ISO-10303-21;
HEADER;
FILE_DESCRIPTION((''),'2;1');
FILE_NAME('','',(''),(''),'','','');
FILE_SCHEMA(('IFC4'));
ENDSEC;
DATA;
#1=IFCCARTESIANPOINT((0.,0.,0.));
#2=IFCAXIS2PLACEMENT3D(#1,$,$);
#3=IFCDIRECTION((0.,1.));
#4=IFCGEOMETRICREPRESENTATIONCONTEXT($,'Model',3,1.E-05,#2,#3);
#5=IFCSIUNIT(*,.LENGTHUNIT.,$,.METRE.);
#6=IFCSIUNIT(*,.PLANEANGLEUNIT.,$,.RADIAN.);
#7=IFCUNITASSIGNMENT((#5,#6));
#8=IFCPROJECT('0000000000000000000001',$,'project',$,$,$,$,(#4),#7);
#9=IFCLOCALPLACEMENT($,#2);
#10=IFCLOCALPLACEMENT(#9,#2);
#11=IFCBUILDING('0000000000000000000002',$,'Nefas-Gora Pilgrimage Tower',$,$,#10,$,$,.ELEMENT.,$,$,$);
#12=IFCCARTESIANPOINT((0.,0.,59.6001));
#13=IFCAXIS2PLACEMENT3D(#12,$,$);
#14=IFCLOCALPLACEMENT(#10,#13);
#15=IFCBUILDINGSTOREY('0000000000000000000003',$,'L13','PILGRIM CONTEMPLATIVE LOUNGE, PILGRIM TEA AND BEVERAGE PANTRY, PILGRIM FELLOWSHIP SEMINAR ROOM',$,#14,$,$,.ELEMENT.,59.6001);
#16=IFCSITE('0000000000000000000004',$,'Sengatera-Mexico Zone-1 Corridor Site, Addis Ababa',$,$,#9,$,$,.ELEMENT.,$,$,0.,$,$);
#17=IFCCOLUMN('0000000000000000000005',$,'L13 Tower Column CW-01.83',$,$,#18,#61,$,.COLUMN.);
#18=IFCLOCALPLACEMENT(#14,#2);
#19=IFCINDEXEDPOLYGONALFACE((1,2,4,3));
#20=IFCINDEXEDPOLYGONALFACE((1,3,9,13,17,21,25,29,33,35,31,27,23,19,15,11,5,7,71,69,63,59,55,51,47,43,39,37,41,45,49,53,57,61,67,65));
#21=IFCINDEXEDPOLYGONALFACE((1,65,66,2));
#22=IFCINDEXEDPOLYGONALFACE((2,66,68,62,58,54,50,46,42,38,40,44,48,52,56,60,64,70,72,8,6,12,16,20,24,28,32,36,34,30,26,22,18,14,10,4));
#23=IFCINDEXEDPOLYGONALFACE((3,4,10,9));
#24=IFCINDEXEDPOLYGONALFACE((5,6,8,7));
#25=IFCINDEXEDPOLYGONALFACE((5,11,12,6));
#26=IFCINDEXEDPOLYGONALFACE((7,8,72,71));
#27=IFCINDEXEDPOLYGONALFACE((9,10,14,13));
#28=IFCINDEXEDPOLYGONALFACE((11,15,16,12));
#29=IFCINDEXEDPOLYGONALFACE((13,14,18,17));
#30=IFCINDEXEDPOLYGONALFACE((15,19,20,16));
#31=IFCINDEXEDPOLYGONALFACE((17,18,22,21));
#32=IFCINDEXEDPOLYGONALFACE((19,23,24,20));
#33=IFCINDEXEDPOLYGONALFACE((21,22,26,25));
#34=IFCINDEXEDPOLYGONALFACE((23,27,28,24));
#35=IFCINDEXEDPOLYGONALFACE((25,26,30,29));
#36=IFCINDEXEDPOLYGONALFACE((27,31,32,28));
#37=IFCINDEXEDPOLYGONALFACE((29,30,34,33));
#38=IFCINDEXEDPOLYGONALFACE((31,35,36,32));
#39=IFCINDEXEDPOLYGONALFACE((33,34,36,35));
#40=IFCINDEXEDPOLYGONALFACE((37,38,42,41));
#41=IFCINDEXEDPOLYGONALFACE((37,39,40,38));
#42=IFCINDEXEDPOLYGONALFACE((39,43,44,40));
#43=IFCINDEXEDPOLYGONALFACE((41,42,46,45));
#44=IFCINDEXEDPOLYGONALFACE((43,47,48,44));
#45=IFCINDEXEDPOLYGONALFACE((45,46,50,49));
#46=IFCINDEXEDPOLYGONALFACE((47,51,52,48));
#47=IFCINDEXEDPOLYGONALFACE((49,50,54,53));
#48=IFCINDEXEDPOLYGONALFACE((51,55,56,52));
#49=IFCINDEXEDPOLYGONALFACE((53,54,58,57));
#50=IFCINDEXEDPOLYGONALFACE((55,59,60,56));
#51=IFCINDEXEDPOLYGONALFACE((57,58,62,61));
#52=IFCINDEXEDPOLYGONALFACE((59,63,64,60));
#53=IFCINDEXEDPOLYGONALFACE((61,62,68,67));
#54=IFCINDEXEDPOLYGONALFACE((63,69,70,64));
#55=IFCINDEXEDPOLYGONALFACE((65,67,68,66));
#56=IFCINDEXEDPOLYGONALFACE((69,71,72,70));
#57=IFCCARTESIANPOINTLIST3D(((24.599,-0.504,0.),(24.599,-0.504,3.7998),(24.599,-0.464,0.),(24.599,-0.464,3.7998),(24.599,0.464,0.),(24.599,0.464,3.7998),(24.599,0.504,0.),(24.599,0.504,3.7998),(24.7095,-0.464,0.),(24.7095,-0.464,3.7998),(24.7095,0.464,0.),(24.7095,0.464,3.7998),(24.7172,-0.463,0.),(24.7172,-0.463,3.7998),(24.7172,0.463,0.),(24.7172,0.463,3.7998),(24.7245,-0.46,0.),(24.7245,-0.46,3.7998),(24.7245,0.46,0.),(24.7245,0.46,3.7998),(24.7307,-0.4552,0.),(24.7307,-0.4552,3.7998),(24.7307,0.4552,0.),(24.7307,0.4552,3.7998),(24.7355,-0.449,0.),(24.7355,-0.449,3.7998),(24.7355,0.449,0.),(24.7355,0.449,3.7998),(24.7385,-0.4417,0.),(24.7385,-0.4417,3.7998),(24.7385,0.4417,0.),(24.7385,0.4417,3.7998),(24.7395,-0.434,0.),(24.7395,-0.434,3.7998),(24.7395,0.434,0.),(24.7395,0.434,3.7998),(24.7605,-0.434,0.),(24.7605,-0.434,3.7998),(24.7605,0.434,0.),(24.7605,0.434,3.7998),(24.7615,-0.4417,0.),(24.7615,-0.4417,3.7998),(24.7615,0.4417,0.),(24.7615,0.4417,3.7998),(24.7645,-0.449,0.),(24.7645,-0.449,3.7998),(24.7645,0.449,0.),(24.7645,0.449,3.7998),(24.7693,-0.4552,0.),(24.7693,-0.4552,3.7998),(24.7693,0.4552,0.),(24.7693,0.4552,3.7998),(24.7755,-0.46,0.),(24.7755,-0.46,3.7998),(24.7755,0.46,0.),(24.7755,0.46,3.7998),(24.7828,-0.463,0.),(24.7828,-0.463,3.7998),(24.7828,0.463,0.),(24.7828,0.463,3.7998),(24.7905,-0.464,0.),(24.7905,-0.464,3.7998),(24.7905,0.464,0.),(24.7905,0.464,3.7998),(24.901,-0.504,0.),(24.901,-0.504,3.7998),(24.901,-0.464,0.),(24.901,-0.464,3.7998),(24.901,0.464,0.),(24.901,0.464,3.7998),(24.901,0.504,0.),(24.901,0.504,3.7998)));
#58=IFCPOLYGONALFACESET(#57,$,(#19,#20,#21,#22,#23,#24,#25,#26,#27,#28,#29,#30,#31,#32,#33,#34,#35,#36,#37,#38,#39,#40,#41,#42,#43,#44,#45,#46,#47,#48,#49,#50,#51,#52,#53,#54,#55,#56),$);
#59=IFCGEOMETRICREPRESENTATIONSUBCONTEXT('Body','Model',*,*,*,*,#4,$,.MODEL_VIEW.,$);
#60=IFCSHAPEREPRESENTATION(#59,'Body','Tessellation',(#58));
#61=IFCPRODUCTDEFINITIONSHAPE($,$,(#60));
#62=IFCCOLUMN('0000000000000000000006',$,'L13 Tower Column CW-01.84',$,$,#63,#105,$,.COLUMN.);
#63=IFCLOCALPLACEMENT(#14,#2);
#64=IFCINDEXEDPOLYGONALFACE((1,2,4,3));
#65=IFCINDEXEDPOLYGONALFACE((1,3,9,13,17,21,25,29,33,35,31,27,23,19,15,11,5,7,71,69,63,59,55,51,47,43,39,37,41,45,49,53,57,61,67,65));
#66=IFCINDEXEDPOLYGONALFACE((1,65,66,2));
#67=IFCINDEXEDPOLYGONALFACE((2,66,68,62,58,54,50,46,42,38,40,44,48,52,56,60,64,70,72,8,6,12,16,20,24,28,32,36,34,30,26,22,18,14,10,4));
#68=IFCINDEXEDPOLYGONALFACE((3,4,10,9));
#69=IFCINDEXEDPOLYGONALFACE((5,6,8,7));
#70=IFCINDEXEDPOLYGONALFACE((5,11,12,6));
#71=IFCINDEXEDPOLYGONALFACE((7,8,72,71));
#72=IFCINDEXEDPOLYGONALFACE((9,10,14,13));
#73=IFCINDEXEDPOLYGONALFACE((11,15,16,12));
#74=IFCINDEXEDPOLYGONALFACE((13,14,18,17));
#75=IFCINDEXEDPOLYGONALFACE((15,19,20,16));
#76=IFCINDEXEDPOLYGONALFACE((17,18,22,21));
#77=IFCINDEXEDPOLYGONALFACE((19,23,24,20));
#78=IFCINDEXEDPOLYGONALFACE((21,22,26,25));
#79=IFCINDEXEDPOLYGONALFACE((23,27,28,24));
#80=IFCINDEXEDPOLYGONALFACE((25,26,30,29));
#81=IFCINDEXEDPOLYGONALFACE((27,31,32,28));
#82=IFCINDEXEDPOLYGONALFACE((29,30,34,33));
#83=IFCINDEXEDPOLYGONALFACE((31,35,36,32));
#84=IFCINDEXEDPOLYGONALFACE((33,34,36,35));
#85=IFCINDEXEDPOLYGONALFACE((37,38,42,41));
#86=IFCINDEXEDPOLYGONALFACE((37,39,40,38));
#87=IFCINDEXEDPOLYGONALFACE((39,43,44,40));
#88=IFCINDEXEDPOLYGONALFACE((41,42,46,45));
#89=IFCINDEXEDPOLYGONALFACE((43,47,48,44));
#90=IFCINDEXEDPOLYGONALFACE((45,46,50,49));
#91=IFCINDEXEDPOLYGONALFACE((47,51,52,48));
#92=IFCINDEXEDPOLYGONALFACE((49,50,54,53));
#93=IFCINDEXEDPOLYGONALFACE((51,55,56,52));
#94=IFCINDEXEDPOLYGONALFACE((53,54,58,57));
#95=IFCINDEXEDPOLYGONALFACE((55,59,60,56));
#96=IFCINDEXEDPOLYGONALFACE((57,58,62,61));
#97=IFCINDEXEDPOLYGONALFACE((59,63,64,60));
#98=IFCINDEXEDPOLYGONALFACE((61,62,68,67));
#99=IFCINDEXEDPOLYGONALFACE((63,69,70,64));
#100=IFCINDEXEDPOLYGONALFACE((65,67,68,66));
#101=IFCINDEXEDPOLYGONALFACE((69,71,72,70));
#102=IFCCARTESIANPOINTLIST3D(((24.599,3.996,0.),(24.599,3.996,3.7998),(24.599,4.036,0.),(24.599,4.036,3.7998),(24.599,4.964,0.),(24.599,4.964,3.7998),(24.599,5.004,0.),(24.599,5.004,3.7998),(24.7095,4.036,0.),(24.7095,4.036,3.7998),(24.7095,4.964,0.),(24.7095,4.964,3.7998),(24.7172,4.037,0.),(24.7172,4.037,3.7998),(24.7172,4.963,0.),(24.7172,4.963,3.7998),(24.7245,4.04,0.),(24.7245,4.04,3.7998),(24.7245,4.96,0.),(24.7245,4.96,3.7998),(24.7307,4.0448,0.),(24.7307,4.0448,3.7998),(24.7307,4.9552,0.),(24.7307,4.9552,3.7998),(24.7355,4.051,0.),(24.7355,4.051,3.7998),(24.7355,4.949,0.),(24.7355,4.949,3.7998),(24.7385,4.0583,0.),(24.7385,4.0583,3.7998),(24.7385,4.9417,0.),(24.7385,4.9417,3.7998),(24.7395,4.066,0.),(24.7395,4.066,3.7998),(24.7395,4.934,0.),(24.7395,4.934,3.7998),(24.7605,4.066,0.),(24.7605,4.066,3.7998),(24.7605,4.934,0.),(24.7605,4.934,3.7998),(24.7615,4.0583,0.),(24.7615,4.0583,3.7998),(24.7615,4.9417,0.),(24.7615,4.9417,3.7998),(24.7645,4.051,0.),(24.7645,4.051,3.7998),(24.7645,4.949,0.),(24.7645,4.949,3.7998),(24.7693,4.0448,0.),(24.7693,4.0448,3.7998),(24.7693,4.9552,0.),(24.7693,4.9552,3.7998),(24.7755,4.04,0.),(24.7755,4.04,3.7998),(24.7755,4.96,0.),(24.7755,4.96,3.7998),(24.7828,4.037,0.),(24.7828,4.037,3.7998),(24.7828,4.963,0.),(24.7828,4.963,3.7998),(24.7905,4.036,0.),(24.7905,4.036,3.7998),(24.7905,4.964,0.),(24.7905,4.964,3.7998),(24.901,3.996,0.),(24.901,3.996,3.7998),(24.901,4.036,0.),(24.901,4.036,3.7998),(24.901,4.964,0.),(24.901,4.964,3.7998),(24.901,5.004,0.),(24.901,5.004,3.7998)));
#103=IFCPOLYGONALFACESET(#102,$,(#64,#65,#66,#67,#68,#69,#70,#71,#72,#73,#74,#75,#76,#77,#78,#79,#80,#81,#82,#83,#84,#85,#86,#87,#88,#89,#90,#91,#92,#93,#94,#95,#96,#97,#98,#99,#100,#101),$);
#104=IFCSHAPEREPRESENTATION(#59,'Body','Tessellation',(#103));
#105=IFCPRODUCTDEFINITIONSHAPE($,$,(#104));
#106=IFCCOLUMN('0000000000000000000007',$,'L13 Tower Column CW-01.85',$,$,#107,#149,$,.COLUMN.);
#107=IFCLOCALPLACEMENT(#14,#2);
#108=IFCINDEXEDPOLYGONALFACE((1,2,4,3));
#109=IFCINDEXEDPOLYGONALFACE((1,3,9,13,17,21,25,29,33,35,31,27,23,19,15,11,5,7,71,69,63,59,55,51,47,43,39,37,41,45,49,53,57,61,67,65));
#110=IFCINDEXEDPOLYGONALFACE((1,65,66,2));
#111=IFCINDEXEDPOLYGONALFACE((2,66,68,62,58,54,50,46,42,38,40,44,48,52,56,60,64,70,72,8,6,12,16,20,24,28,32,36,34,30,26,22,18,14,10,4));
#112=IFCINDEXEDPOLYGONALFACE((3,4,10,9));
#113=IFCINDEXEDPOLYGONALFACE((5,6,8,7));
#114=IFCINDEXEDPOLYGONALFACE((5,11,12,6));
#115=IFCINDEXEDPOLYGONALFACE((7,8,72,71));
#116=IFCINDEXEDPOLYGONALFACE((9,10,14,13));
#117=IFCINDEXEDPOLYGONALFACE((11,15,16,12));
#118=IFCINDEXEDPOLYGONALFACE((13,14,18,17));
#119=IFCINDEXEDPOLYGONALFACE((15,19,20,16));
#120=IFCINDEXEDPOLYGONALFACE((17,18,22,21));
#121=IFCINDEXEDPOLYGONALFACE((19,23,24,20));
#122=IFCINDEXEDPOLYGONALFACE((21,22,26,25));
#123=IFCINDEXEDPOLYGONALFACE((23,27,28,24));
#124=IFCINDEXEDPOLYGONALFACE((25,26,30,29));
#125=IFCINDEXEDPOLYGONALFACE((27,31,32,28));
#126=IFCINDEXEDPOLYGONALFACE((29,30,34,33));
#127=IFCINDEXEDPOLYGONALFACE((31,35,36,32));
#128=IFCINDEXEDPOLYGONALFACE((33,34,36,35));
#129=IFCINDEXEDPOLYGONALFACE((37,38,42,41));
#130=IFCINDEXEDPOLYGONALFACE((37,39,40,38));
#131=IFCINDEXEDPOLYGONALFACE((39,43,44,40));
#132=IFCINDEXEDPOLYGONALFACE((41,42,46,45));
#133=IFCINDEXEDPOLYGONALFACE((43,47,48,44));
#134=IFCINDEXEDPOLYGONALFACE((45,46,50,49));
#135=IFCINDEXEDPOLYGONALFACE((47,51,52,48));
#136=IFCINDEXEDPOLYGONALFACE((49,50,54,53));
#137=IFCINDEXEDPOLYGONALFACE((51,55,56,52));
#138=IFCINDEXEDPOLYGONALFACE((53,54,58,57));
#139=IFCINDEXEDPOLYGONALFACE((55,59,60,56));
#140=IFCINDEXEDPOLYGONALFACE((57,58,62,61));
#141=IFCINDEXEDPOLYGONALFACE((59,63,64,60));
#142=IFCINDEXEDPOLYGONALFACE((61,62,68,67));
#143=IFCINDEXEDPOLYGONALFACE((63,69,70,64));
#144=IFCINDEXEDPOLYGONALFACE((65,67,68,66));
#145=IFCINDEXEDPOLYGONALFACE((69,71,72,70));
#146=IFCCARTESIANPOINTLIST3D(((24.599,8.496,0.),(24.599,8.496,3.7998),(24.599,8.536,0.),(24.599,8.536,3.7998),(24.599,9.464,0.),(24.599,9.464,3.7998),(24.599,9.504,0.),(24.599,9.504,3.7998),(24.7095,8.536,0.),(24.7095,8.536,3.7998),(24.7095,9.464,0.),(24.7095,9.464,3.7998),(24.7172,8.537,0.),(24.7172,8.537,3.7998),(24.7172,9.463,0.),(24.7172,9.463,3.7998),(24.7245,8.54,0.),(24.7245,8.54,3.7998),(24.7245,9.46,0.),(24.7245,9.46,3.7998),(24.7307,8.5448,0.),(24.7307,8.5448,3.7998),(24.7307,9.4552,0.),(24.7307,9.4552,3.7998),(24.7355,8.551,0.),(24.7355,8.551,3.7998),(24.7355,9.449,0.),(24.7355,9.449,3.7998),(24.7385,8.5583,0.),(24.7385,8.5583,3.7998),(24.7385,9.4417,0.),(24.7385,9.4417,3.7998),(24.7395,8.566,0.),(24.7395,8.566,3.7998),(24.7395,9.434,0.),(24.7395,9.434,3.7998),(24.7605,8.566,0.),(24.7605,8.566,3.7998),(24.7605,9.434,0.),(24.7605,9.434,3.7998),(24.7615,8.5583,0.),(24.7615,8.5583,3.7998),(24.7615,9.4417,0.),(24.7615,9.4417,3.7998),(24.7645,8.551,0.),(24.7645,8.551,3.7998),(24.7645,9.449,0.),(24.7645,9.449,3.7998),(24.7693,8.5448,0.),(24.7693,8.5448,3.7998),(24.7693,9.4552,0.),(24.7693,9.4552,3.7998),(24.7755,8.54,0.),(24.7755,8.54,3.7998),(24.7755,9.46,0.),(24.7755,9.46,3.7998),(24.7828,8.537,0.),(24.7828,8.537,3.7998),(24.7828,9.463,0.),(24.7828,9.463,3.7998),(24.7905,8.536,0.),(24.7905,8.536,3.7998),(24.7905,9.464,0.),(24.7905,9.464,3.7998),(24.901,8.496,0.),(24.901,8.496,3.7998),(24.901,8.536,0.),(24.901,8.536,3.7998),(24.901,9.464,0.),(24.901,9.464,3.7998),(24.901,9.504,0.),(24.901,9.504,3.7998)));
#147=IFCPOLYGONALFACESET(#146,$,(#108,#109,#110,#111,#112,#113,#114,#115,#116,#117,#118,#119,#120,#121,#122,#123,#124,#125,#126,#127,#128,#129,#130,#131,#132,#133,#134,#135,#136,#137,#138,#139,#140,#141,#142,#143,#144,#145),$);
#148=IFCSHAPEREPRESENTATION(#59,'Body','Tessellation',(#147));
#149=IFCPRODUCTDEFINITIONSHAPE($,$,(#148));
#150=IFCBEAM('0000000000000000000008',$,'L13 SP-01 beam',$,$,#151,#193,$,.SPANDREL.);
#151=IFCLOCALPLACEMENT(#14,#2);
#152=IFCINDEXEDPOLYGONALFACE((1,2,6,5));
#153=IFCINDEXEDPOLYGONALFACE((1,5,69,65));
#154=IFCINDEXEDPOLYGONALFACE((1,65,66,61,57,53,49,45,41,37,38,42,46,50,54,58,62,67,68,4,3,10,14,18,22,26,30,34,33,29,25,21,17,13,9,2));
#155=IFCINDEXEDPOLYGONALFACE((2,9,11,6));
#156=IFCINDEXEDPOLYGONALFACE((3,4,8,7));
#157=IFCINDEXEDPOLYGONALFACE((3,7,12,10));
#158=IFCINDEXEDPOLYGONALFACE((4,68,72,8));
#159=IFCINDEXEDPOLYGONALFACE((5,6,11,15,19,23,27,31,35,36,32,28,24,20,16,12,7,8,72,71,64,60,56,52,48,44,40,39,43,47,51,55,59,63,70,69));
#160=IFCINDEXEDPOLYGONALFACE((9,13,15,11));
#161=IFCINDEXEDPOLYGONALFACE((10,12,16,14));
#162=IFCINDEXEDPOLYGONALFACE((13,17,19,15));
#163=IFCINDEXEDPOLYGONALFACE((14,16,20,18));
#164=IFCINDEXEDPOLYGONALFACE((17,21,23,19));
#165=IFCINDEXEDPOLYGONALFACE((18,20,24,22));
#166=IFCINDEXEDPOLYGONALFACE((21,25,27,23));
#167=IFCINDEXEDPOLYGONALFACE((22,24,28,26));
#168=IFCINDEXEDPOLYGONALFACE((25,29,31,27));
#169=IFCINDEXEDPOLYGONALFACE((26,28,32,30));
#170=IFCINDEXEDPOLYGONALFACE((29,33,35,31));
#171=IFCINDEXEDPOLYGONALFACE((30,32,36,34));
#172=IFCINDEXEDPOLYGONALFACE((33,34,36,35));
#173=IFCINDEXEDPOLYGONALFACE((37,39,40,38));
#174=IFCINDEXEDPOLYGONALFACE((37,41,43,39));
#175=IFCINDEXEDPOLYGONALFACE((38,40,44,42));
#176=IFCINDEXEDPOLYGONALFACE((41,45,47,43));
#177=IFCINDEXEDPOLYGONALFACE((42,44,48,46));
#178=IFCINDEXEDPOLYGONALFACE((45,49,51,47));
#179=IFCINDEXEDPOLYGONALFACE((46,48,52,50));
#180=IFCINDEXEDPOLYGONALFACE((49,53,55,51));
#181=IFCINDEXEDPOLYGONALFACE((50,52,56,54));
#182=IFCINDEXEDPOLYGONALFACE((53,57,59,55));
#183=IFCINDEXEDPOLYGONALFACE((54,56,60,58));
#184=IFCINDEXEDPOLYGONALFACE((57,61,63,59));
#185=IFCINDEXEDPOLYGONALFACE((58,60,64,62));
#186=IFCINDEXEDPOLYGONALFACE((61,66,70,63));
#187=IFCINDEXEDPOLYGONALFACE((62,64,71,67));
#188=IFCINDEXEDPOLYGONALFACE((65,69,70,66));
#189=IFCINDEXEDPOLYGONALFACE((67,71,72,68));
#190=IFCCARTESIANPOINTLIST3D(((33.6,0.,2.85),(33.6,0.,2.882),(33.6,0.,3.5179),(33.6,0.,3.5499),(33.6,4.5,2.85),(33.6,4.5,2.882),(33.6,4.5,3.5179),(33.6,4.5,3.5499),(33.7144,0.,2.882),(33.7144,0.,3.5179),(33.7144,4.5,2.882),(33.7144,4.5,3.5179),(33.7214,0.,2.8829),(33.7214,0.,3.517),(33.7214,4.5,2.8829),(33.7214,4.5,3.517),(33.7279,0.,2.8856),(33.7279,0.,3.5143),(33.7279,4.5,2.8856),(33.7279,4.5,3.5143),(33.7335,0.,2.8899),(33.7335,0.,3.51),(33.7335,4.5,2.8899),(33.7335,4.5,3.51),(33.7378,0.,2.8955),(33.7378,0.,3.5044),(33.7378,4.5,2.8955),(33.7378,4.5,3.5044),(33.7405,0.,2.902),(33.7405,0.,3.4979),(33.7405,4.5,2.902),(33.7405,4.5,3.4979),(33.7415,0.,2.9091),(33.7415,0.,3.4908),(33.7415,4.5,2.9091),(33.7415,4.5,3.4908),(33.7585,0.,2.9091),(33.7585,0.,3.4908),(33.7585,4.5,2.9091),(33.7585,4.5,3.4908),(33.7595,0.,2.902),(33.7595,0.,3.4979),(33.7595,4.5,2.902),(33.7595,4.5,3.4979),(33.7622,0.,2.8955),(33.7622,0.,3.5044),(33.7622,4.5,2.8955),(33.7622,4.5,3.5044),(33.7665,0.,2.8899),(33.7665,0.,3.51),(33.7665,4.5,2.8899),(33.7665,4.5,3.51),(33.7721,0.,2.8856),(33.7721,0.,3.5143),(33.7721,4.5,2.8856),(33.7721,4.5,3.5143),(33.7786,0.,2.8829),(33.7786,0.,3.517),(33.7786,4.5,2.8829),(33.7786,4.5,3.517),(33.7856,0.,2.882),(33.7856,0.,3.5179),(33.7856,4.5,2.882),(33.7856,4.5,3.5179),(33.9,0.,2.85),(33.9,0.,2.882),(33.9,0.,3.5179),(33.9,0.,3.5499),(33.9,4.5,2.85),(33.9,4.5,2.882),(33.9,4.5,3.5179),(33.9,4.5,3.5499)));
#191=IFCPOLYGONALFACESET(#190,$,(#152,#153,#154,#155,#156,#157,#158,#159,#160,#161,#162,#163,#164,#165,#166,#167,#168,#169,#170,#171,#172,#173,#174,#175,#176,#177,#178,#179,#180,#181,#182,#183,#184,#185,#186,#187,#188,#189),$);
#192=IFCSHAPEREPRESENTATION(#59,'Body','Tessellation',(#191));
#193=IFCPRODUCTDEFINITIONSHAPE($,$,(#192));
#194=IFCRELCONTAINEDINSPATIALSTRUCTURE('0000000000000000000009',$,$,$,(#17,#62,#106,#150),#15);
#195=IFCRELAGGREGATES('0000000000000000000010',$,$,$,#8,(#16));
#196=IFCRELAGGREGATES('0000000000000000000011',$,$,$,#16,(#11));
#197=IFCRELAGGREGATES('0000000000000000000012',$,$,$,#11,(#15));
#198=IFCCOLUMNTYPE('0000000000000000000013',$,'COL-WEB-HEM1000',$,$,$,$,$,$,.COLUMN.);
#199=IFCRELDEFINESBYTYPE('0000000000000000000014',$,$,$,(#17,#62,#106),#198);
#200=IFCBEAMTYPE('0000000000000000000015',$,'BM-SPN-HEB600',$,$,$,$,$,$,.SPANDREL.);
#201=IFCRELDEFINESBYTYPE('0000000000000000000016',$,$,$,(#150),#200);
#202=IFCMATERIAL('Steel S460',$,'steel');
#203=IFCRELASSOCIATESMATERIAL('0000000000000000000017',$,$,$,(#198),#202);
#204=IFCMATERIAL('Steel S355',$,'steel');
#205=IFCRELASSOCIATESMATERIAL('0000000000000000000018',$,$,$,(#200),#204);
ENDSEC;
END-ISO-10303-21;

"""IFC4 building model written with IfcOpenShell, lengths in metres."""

from ifc_helpers import new_model, si_unit, direction, frame, origin, origin_2d, place, context, subcontext, project, spatial, i_section, extrude, source, transform, mapped, material, material_profile, profile_set, type_object, element, save


model = new_model("IFC4")

# Units and contexts
model_context = context("Model", 3, precision=1e-05, world=origin(), true_north=direction((0.0, 1.0)))
body_context = subcontext(model_context, "Body", "Model", "MODEL_VIEW")
ifc_project = project(units=[si_unit("LENGTHUNIT", "METRE"), si_unit("PLANEANGLEUNIT", "RADIAN")], contexts=[model_context])

# Site, building, storey
site_placement = place(None, origin())
site = spatial("IfcSite", under=ifc_project, at=site_placement, Name="Sengatera-Mexico Zone-1 Corridor Site, Addis Ababa", CompositionType="ELEMENT", RefElevation=0.0)
building_placement = place(site_placement, origin())
building = spatial("IfcBuilding", under=site, at=building_placement, Name="Nefas-Gora Pilgrimage Tower", CompositionType="ELEMENT")
storey_placement = place(building_placement, frame((0.0, 0.0, 59.6001)))
storey = spatial("IfcBuildingStorey", under=building, at=storey_placement, Name="L13", Description="PILGRIM CONTEMPLATIVE LOUNGE, PILGRIM TEA AND BEVERAGE PANTRY, PILGRIM FELLOWSHIP SEMINAR ROOM", CompositionType="ELEMENT", Elevation=59.6001)

# Columns
ifc_material_1 = material(Name="Steel S460", Category="steel")
ifc_material_profile_1 = material_profile(ifc_material_1, i_section(OverallWidth=0.302, OverallDepth=1.0081, WebThickness=0.021, FlangeThickness=0.04, FilletRadius=0.03, at=origin_2d()), Name="HEM 1000")
ifc_profile_set_1 = profile_set([ifc_material_profile_1], Name="Steel S460")
column_type_1 = type_object("IfcColumnType", Name="COL-WEB-HEM1000", PredefinedType="COLUMN", material=ifc_profile_set_1)
shared_shape_1 = source(origin(), body_context, "Body", "SweptSolid", [
    extrude(i_section(OverallWidth=0.302, OverallDepth=1.0081, WebThickness=0.021, FlangeThickness=0.04, FilletRadius=0.03, at=origin_2d()), origin(), (0.0, 0.0, 1.0), 3.7998),
])
for number, where, z_axis, x_axis, name in (
    (1, (24.75, 0.0, 0.0), (0.0, 0.0, 1.0), (1.0, 0.0, 0.0), "L13 Tower Column CW-01.83"),
    (2, (24.75, 4.5, 0.0), (0.0, 0.0, 1.0), (1.0, 0.0, 0.0), "L13 Tower Column CW-01.84"),
    (3, (24.75, 9.0, 0.0), (0.0, 0.0, 1.0), (1.0, 0.0, 0.0), "L13 Tower Column CW-01.85"),
):
    element("IfcColumn", number, at=place(storey_placement, frame(where, z_axis=z_axis, x_axis=x_axis)), inside=storey, type_object=column_type_1, Name=name, PredefinedType="COLUMN", context=body_context, shape_type="MappedRepresentation", body=[
        mapped(shared_shape_1, transform((0.0, 0.0, 0.0), x_axis=(1.0, 0.0, 0.0), y_axis=(0.0, 1.0, 0.0), z_axis=(0.0, 0.0, 1.0), scale=1.0)),
    ])

# Beam
ifc_material_2 = material(Name="Steel S355", Category="steel")
ifc_material_profile_2 = material_profile(ifc_material_2, i_section(OverallWidth=0.3, OverallDepth=0.7, WebThickness=0.0171, FlangeThickness=0.032, FilletRadius=0.0271, at=origin_2d()), Name="HEB 700")
ifc_profile_set_2 = profile_set([ifc_material_profile_2], Name="Steel S355")
beam_type_1 = type_object("IfcBeamType", Name="BM-SPN-HEB600", PredefinedType="SPANDREL", material=ifc_profile_set_2)
shared_shape_2 = source(origin(), body_context, "Body", "SweptSolid", [
    extrude(i_section(OverallWidth=0.3, OverallDepth=0.7, WebThickness=0.0171, FlangeThickness=0.032, FilletRadius=0.0271, at=origin_2d()), origin(), (0.0, 0.0, 1.0), 4.5),
])
for number, where, z_axis, x_axis, name in (
    (4, (33.75, 0.0, 3.2), (0.0, 1.0, 0.0), (-1.0, 0.0, 0.0), "L13 SP-01 beam"),
):
    element("IfcBeam", number, at=place(storey_placement, frame(where, z_axis=z_axis, x_axis=x_axis)), inside=storey, type_object=beam_type_1, Name=name, PredefinedType="SPANDREL", context=body_context, shape_type="MappedRepresentation", body=[
        mapped(shared_shape_2, transform((0.0, 0.0, 0.0), x_axis=(1.0, 0.0, 0.0), y_axis=(0.0, 1.0, 0.0), z_axis=(0.0, 0.0, 1.0), scale=1.0)),
    ])

save(model, "model.ifc")
